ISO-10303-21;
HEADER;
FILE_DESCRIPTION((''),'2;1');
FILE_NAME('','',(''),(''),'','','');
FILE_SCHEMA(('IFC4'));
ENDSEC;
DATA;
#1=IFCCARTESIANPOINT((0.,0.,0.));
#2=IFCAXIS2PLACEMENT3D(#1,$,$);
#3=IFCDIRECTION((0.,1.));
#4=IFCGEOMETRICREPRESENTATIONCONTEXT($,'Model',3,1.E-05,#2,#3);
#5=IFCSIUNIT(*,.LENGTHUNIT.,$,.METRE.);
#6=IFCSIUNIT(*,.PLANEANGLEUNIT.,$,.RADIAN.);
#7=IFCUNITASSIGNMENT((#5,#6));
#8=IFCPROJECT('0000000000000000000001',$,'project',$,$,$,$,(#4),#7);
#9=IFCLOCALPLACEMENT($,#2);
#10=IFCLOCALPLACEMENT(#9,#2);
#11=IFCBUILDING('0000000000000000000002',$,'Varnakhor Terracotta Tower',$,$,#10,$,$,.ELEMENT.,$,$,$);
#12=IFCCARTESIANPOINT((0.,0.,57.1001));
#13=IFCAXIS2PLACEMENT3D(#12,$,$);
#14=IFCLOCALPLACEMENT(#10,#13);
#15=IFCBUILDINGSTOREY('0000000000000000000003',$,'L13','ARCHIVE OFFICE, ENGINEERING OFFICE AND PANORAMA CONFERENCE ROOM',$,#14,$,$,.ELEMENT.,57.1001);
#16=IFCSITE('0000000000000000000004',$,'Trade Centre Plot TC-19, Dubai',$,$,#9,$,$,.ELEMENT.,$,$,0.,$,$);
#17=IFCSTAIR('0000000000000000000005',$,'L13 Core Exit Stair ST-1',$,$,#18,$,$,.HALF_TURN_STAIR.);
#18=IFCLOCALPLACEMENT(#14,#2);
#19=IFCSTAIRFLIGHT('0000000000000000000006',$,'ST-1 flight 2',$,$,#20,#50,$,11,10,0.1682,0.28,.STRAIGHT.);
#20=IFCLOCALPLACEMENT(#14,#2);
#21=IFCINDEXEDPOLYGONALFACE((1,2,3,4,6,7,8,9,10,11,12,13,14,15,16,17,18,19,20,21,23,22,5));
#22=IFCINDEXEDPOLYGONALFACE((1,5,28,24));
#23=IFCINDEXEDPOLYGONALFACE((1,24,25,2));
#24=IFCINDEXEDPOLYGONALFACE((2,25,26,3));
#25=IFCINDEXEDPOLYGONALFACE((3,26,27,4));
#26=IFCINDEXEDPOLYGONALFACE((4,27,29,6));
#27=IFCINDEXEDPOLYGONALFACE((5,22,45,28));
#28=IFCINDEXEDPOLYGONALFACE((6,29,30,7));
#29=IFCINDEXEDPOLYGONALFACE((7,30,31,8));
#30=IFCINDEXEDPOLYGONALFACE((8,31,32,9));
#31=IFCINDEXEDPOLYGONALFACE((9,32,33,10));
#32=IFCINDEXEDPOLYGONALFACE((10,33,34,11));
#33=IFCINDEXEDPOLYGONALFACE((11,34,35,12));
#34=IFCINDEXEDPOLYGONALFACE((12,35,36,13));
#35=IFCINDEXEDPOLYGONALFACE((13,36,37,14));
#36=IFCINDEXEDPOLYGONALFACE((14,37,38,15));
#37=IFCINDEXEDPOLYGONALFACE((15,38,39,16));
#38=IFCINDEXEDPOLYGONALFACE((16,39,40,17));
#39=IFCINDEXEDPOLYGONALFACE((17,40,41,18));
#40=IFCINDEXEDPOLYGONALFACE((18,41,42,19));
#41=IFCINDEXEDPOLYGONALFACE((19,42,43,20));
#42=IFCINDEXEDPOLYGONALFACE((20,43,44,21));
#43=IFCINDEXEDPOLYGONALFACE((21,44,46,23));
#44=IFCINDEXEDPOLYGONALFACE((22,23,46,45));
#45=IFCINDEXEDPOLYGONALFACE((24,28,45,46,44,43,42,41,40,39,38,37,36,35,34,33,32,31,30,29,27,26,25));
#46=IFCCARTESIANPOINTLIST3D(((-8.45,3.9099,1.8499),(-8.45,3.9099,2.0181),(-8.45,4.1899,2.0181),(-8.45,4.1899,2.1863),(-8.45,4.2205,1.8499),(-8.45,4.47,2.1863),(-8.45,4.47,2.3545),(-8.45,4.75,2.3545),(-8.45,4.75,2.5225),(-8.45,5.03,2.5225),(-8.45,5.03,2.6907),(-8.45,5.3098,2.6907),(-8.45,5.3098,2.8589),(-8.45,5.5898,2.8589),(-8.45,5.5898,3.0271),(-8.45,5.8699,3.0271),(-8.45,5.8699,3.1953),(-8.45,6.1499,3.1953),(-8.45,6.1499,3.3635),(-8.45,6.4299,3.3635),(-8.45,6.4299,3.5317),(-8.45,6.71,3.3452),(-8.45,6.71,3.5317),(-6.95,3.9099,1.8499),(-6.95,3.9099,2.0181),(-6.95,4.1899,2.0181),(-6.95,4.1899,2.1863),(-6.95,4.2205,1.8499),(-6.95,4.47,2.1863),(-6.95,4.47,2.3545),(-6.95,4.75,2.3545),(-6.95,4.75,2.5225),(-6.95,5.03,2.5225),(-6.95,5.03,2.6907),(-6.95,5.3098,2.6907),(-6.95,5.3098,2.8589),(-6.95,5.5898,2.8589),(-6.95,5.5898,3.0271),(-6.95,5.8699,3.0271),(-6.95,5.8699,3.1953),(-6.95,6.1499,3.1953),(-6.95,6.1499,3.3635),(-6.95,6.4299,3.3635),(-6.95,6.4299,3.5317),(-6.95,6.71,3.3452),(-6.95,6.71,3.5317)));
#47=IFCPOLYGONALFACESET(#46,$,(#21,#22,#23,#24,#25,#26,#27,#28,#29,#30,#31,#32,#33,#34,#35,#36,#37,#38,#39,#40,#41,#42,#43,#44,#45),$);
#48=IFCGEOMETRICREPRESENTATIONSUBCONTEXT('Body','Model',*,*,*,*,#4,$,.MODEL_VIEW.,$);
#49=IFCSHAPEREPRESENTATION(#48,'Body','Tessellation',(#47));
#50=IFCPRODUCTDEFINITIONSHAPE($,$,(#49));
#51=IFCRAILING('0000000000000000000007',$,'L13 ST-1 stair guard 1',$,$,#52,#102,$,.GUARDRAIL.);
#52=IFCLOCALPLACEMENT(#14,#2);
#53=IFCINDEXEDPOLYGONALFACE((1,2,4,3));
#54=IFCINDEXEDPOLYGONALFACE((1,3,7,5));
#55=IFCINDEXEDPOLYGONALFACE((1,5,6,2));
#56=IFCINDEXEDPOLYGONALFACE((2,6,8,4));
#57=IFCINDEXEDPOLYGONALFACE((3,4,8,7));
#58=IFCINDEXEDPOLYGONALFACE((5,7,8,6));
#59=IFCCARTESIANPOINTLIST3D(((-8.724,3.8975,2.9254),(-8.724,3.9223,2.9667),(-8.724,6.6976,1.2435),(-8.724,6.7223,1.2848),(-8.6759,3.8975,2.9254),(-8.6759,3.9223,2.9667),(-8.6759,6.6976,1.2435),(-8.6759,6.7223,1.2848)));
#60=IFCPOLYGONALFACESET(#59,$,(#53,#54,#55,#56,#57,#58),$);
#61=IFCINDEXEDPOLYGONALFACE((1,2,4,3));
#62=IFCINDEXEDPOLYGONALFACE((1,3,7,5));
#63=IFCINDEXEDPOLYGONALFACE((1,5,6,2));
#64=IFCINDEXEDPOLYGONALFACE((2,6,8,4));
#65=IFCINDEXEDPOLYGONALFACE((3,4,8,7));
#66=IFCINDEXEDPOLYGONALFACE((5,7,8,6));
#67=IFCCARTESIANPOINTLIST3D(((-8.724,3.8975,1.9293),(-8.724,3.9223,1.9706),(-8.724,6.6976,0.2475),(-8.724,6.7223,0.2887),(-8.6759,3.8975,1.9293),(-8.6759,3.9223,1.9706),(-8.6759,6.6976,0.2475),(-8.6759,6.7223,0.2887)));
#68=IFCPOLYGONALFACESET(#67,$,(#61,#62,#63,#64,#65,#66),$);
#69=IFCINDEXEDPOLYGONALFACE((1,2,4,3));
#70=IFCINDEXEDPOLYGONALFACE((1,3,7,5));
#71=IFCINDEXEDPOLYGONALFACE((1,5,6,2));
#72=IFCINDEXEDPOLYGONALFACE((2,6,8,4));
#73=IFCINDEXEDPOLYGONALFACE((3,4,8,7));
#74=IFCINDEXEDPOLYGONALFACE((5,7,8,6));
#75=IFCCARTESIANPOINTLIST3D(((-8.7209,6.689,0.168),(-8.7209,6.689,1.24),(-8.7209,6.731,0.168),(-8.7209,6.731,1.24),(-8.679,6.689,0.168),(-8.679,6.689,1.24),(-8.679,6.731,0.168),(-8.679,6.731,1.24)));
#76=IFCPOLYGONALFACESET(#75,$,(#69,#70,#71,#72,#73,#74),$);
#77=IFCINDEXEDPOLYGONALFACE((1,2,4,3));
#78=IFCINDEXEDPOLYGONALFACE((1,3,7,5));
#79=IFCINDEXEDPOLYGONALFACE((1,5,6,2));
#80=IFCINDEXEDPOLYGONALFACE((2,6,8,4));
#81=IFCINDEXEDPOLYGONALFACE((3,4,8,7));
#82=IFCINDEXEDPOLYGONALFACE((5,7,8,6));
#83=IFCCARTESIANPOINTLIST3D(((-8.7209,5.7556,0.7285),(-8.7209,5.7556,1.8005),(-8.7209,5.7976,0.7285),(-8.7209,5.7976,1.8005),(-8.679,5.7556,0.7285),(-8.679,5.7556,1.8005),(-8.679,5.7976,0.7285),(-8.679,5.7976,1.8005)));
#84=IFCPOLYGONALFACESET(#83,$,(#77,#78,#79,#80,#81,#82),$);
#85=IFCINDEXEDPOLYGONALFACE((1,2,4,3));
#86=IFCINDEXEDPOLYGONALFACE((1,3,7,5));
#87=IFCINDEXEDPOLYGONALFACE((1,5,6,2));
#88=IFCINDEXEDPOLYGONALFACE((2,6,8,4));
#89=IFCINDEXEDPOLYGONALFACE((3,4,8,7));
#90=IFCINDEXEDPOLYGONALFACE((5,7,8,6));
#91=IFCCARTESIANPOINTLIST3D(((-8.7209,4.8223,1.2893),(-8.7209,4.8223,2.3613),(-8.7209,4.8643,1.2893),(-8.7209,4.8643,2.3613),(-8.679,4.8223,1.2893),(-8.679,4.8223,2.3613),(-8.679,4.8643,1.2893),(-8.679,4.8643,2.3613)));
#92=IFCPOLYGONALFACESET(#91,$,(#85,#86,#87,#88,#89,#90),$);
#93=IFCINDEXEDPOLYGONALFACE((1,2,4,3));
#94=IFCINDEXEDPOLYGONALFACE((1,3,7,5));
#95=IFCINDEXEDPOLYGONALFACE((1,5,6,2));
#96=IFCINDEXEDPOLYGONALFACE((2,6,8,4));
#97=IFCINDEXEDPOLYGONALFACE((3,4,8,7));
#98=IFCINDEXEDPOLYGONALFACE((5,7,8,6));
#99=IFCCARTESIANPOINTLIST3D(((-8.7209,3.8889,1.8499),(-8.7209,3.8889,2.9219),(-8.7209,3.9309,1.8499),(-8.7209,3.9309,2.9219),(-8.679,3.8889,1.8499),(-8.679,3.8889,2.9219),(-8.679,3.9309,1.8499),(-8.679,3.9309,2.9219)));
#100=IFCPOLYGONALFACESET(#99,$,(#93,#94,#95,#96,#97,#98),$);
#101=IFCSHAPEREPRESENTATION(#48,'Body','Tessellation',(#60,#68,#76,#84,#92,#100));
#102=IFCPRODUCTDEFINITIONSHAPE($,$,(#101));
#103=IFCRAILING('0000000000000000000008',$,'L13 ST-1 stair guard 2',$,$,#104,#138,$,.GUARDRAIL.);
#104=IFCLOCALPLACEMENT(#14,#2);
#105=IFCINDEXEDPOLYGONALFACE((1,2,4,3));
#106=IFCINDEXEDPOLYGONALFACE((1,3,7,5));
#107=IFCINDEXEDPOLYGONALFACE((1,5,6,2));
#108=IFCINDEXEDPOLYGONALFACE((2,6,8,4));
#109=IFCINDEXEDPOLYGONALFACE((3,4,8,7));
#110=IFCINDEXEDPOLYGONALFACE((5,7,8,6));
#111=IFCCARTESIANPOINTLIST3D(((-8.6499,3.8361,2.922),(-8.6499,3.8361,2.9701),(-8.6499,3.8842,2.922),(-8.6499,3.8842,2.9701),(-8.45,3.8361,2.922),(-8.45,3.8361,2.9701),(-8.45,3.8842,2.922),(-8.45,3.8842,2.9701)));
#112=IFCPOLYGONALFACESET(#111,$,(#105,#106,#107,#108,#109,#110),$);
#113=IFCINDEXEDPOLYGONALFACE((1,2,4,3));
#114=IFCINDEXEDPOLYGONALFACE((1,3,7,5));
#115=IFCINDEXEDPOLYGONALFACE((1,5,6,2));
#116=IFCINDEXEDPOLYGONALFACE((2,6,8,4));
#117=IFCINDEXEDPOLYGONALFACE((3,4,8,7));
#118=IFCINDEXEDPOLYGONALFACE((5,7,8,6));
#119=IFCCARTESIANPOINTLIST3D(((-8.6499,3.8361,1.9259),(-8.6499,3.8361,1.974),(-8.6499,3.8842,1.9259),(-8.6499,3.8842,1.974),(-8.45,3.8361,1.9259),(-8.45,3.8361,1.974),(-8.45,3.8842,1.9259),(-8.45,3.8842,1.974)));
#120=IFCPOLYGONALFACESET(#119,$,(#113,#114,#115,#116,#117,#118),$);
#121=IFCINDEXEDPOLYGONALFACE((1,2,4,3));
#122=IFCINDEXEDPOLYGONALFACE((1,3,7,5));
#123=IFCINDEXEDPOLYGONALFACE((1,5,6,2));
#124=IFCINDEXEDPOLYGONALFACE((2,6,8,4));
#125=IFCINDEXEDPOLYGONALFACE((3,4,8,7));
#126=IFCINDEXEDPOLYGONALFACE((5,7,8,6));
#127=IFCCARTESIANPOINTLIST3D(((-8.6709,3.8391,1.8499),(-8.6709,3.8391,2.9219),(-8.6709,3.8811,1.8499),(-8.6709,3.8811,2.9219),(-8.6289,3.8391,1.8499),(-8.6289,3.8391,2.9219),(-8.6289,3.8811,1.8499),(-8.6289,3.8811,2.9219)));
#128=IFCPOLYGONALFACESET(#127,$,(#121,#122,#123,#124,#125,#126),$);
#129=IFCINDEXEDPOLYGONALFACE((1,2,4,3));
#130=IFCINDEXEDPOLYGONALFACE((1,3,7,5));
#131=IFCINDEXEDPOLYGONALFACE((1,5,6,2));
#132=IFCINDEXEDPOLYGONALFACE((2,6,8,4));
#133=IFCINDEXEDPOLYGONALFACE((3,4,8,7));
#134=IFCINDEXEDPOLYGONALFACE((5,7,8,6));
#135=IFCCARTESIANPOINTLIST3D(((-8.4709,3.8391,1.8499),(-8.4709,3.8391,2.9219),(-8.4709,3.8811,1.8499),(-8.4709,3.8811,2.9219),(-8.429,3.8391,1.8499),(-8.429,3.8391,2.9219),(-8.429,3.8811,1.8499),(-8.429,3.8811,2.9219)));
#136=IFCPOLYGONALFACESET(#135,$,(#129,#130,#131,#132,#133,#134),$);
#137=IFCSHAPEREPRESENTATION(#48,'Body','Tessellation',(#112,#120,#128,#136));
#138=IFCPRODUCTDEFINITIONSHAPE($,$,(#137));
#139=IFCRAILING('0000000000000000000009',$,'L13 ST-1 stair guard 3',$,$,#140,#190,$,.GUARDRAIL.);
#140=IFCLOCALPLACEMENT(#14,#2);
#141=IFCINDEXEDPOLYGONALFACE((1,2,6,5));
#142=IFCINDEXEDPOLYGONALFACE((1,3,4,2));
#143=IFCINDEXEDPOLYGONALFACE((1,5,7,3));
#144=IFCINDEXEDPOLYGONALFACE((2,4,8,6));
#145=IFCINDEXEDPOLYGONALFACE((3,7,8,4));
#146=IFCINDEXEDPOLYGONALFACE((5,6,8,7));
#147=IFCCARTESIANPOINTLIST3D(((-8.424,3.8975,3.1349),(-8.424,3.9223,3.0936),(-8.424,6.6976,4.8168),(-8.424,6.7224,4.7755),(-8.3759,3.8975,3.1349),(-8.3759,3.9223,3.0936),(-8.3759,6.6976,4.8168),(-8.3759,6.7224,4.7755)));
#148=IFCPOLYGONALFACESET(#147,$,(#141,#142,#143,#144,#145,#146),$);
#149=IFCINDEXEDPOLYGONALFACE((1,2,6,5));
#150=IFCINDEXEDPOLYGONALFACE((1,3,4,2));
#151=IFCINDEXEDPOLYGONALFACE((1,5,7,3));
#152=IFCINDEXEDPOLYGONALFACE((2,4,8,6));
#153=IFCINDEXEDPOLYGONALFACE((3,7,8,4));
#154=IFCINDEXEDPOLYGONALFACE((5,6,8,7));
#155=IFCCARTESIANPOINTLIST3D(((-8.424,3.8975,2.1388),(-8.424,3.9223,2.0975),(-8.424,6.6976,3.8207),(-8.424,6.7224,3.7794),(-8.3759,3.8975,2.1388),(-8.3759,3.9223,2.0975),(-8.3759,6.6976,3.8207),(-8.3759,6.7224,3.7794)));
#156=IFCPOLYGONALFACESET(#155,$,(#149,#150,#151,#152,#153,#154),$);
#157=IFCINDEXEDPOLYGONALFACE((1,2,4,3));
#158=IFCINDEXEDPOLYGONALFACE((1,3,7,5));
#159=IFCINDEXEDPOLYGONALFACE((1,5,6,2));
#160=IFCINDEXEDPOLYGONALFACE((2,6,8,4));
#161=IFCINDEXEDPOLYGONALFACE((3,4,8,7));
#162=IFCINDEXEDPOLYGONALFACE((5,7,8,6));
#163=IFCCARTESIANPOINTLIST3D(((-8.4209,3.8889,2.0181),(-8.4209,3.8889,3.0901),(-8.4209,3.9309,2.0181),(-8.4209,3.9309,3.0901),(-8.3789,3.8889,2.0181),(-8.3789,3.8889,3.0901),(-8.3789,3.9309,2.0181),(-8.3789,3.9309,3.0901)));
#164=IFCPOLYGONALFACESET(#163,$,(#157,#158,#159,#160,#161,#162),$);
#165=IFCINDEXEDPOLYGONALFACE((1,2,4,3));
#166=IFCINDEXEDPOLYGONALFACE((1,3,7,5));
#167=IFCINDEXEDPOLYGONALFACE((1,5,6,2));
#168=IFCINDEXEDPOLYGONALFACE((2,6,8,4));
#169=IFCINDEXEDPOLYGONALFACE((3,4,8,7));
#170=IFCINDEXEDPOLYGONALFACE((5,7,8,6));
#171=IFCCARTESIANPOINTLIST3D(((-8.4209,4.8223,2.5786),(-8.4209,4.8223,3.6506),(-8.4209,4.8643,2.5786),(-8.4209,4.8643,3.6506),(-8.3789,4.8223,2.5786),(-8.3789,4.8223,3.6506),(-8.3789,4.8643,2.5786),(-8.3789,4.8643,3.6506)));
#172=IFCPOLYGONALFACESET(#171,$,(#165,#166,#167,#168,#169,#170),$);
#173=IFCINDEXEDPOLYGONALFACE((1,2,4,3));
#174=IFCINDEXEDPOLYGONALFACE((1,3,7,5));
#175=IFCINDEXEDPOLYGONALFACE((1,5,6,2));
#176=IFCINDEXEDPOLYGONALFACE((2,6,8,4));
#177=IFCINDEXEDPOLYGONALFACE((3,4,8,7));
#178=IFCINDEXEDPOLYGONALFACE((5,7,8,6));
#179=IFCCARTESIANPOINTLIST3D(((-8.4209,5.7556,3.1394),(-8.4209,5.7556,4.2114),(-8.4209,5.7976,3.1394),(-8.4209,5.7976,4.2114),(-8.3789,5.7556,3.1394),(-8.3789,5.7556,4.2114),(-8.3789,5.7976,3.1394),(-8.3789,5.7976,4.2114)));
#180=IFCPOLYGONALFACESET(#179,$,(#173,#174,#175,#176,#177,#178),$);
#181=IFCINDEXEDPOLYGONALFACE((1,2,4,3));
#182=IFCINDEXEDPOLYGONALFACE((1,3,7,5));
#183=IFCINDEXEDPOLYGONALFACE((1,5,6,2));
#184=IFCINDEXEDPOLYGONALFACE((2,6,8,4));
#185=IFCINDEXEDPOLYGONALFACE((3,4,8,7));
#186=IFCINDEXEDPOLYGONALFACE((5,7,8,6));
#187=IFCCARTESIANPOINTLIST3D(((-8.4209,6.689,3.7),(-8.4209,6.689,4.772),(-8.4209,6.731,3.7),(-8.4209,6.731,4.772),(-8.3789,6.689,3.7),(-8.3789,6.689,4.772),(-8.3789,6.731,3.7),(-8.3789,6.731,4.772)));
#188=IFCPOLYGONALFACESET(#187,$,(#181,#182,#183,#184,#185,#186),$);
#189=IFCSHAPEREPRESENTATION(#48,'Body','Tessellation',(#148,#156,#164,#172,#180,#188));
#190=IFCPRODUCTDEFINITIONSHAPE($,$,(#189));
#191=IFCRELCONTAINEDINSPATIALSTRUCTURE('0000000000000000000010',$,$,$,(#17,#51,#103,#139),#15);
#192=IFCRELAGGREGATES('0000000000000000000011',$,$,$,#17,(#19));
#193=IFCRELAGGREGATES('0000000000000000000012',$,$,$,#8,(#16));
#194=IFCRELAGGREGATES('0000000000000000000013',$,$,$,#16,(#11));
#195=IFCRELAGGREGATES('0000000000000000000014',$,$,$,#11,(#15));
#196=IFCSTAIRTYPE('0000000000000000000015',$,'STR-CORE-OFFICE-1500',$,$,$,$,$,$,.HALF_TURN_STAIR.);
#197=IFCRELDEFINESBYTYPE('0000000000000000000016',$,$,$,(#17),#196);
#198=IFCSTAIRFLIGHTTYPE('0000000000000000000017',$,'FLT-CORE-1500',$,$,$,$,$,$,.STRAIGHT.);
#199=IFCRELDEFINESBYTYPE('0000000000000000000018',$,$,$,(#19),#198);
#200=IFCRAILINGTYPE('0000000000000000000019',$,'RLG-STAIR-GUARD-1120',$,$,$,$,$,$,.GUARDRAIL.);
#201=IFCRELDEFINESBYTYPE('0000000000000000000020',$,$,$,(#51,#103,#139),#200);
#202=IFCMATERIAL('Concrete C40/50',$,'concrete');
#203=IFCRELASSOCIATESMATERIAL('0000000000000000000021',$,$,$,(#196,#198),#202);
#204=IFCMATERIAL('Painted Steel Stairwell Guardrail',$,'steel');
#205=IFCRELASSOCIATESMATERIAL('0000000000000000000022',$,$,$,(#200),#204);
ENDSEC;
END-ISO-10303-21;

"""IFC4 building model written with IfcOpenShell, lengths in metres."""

from ifc_helpers import new_model, si_unit, direction, frame, origin, origin_2d, place, context, subcontext, project, spatial, polyline, rectangle, outline, extrude, material, type_object, element, aggregate, save


model = new_model("IFC4")

# Units and contexts
model_context = context("Model", 3, precision=1e-05, world=origin(), true_north=direction((0.0, 1.0)))
body_context = subcontext(model_context, "Body", "Model", "MODEL_VIEW")
ifc_project = project(units=[si_unit("LENGTHUNIT", "METRE"), si_unit("PLANEANGLEUNIT", "RADIAN")], contexts=[model_context])

# Site, building, storey
site_placement = place(None, origin())
site = spatial("IfcSite", under=ifc_project, at=site_placement, Name="Trade Centre Plot TC-19, Dubai", CompositionType="ELEMENT", RefElevation=0.0)
building_placement = place(site_placement, origin())
building = spatial("IfcBuilding", under=site, at=building_placement, Name="Varnakhor Terracotta Tower", CompositionType="ELEMENT")
storey_placement = place(building_placement, frame((0.0, 0.0, 57.1001)))
storey = spatial("IfcBuildingStorey", under=building, at=storey_placement, Name="L13", Description="ARCHIVE OFFICE, ENGINEERING OFFICE AND PANORAMA CONFERENCE ROOM", CompositionType="ELEMENT", Elevation=57.1001)

# Shared definitions
ifc_material_1 = material(Name="Concrete C40/50", Category="concrete")

# Stair, stair flight
stair_type = type_object("IfcStairType", Name="STR-CORE-OFFICE-1500", PredefinedType="HALF_TURN_STAIR", material=ifc_material_1)
stair_placement = place(storey_placement, origin())
stair = element("IfcStair", 1, at=stair_placement, inside=storey, type_object=stair_type, Name="L13 Core Exit Stair ST-1", PredefinedType="HALF_TURN_STAIR")
stair_flight_type = type_object("IfcStairFlightType", Name="FLT-CORE-1500", PredefinedType="STRAIGHT", material=ifc_material_1)
stair_flight_1_placement = place(storey_placement, frame((-7.7, 3.9099, 1.8499), z_axis=(0.0, 0.0, 1.0), x_axis=(0.0, 1.0, 0.0)))
stair_flight_1 = element("IfcStairFlight", 2, at=stair_flight_1_placement, type_object=stair_flight_type, Name="ST-1 flight 2", NumberOfRisers=11, NumberOfTreads=10, PredefinedType="STRAIGHT", RiserHeight=0.1682, TreadLength=0.28, context=body_context, shape_type="SweptSolid", body=[
    extrude(outline(polyline([(0.0, 0.0), (0.0, 0.1682), (0.28, 0.1682), (0.28, 0.3364), (0.5601, 0.3364), (0.5601, 0.5046), (0.8401, 0.5046), (0.8401, 0.6726), (1.1201, 0.6726), (1.1201, 0.8408), (1.3999, 0.8408), (1.3999, 1.009), (1.6799, 1.009), (1.6799, 1.1772), (1.96, 1.1772), (1.96, 1.3455), (2.24, 1.3455), (2.24, 1.5137), (2.52, 1.5137), (2.52, 1.6819), (2.8, 1.6819), (2.8, 1.8501), (2.8, 1.4954), (0.3105, 0.0), (0.0, 0.0)])), frame((0.0, 0.75, 0.0), z_axis=(0.0, -1.0, 0.0), x_axis=(1.0, 0.0, 0.0)), (0.0, 0.0, 1.0), 1.5),
])
aggregate(stair, [stair_flight_1])

# Railings
ifc_material_2 = material(Name="Painted Steel Stairwell Guardrail", Category="steel")
railing_type_1 = type_object("IfcRailingType", Name="RLG-STAIR-GUARD-1120", PredefinedType="GUARDRAIL", material=ifc_material_2)
railing_1_placement = place(storey_placement, frame((-8.7, 6.71, 0.168)))
element("IfcRailing", 3, at=railing_1_placement, inside=storey, type_object=railing_type_1, Name="L13 ST-1 stair guard 1", PredefinedType="GUARDRAIL", context=body_context, shape_type="SweptSolid", body=[
    extrude(rectangle(XDim=0.0481, YDim=0.0481, at=origin_2d()), frame((0.0, 0.0, 1.0962), z_axis=(0.0, -0.857242, 0.514913), x_axis=(1.0, 0.0, 0.0)), (0.0, 0.0, 1.0), 3.2664),
    extrude(rectangle(XDim=0.0481, YDim=0.0481, at=origin_2d()), frame((0.0, 0.0, 0.1001), z_axis=(0.0, -0.857242, 0.514913), x_axis=(1.0, 0.0, 0.0)), (0.0, 0.0, 1.0), 3.2664),
    extrude(rectangle(XDim=0.042, YDim=0.042, at=origin_2d()), origin(), (0.0, 0.0, 1.0), 1.072),
    extrude(rectangle(XDim=0.042, YDim=0.042, at=origin_2d()), frame((0.0, -0.9333, 0.5605)), (0.0, 0.0, 1.0), 1.072),
    extrude(rectangle(XDim=0.042, YDim=0.042, at=origin_2d()), frame((0.0, -1.8667, 1.1213)), (0.0, 0.0, 1.0), 1.072),
    extrude(rectangle(XDim=0.042, YDim=0.042, at=origin_2d()), frame((0.0, -2.8, 1.6819)), (0.0, 0.0, 1.0), 1.072),
])
railing_2_placement = place(storey_placement, frame((-8.6499, 3.8601, 1.8499)))
element("IfcRailing", 4, at=railing_2_placement, inside=storey, type_object=railing_type_1, Name="L13 ST-1 stair guard 2", PredefinedType="GUARDRAIL", context=body_context, shape_type="SweptSolid", body=[
    extrude(rectangle(XDim=0.0481, YDim=0.0481, at=origin_2d()), frame((0.0, 0.0, 1.0962), z_axis=(1.0, 0.0, 0.0), x_axis=(0.0, 1.0, 0.0)), (0.0, 0.0, 1.0), 0.2),
    extrude(rectangle(XDim=0.0481, YDim=0.0481, at=origin_2d()), frame((0.0, 0.0, 0.1001), z_axis=(1.0, 0.0, 0.0), x_axis=(0.0, 1.0, 0.0)), (0.0, 0.0, 1.0), 0.2),
    extrude(rectangle(XDim=0.042, YDim=0.042, at=origin_2d()), origin(), (0.0, 0.0, 1.0), 1.072),
    extrude(rectangle(XDim=0.042, YDim=0.042, at=origin_2d()), frame((0.2, 0.0, 0.0)), (0.0, 0.0, 1.0), 1.072),
])
railing_3_placement = place(storey_placement, frame((-8.3999, 3.9099, 2.0181)))
element("IfcRailing", 5, at=railing_3_placement, inside=storey, type_object=railing_type_1, Name="L13 ST-1 stair guard 3", PredefinedType="GUARDRAIL", context=body_context, shape_type="SweptSolid", body=[
    extrude(rectangle(XDim=0.0481, YDim=0.0481, at=origin_2d()), frame((0.0, 0.0, 1.0962), z_axis=(0.0, 0.857242, 0.514913), x_axis=(-1.0, 0.0, 0.0)), (0.0, 0.0, 1.0), 3.2664),
    extrude(rectangle(XDim=0.0481, YDim=0.0481, at=origin_2d()), frame((0.0, 0.0, 0.1001), z_axis=(0.0, 0.857242, 0.514913), x_axis=(-1.0, 0.0, 0.0)), (0.0, 0.0, 1.0), 3.2664),
    extrude(rectangle(XDim=0.042, YDim=0.042, at=origin_2d()), origin(), (0.0, 0.0, 1.0), 1.072),
    extrude(rectangle(XDim=0.042, YDim=0.042, at=origin_2d()), frame((0.0, 0.9333, 0.5605)), (0.0, 0.0, 1.0), 1.072),
    extrude(rectangle(XDim=0.042, YDim=0.042, at=origin_2d()), frame((0.0, 1.8667, 1.1213)), (0.0, 0.0, 1.0), 1.072),
    extrude(rectangle(XDim=0.042, YDim=0.042, at=origin_2d()), frame((0.0, 2.8, 1.6819)), (0.0, 0.0, 1.0), 1.072),
])

save(model, "model.ifc")
